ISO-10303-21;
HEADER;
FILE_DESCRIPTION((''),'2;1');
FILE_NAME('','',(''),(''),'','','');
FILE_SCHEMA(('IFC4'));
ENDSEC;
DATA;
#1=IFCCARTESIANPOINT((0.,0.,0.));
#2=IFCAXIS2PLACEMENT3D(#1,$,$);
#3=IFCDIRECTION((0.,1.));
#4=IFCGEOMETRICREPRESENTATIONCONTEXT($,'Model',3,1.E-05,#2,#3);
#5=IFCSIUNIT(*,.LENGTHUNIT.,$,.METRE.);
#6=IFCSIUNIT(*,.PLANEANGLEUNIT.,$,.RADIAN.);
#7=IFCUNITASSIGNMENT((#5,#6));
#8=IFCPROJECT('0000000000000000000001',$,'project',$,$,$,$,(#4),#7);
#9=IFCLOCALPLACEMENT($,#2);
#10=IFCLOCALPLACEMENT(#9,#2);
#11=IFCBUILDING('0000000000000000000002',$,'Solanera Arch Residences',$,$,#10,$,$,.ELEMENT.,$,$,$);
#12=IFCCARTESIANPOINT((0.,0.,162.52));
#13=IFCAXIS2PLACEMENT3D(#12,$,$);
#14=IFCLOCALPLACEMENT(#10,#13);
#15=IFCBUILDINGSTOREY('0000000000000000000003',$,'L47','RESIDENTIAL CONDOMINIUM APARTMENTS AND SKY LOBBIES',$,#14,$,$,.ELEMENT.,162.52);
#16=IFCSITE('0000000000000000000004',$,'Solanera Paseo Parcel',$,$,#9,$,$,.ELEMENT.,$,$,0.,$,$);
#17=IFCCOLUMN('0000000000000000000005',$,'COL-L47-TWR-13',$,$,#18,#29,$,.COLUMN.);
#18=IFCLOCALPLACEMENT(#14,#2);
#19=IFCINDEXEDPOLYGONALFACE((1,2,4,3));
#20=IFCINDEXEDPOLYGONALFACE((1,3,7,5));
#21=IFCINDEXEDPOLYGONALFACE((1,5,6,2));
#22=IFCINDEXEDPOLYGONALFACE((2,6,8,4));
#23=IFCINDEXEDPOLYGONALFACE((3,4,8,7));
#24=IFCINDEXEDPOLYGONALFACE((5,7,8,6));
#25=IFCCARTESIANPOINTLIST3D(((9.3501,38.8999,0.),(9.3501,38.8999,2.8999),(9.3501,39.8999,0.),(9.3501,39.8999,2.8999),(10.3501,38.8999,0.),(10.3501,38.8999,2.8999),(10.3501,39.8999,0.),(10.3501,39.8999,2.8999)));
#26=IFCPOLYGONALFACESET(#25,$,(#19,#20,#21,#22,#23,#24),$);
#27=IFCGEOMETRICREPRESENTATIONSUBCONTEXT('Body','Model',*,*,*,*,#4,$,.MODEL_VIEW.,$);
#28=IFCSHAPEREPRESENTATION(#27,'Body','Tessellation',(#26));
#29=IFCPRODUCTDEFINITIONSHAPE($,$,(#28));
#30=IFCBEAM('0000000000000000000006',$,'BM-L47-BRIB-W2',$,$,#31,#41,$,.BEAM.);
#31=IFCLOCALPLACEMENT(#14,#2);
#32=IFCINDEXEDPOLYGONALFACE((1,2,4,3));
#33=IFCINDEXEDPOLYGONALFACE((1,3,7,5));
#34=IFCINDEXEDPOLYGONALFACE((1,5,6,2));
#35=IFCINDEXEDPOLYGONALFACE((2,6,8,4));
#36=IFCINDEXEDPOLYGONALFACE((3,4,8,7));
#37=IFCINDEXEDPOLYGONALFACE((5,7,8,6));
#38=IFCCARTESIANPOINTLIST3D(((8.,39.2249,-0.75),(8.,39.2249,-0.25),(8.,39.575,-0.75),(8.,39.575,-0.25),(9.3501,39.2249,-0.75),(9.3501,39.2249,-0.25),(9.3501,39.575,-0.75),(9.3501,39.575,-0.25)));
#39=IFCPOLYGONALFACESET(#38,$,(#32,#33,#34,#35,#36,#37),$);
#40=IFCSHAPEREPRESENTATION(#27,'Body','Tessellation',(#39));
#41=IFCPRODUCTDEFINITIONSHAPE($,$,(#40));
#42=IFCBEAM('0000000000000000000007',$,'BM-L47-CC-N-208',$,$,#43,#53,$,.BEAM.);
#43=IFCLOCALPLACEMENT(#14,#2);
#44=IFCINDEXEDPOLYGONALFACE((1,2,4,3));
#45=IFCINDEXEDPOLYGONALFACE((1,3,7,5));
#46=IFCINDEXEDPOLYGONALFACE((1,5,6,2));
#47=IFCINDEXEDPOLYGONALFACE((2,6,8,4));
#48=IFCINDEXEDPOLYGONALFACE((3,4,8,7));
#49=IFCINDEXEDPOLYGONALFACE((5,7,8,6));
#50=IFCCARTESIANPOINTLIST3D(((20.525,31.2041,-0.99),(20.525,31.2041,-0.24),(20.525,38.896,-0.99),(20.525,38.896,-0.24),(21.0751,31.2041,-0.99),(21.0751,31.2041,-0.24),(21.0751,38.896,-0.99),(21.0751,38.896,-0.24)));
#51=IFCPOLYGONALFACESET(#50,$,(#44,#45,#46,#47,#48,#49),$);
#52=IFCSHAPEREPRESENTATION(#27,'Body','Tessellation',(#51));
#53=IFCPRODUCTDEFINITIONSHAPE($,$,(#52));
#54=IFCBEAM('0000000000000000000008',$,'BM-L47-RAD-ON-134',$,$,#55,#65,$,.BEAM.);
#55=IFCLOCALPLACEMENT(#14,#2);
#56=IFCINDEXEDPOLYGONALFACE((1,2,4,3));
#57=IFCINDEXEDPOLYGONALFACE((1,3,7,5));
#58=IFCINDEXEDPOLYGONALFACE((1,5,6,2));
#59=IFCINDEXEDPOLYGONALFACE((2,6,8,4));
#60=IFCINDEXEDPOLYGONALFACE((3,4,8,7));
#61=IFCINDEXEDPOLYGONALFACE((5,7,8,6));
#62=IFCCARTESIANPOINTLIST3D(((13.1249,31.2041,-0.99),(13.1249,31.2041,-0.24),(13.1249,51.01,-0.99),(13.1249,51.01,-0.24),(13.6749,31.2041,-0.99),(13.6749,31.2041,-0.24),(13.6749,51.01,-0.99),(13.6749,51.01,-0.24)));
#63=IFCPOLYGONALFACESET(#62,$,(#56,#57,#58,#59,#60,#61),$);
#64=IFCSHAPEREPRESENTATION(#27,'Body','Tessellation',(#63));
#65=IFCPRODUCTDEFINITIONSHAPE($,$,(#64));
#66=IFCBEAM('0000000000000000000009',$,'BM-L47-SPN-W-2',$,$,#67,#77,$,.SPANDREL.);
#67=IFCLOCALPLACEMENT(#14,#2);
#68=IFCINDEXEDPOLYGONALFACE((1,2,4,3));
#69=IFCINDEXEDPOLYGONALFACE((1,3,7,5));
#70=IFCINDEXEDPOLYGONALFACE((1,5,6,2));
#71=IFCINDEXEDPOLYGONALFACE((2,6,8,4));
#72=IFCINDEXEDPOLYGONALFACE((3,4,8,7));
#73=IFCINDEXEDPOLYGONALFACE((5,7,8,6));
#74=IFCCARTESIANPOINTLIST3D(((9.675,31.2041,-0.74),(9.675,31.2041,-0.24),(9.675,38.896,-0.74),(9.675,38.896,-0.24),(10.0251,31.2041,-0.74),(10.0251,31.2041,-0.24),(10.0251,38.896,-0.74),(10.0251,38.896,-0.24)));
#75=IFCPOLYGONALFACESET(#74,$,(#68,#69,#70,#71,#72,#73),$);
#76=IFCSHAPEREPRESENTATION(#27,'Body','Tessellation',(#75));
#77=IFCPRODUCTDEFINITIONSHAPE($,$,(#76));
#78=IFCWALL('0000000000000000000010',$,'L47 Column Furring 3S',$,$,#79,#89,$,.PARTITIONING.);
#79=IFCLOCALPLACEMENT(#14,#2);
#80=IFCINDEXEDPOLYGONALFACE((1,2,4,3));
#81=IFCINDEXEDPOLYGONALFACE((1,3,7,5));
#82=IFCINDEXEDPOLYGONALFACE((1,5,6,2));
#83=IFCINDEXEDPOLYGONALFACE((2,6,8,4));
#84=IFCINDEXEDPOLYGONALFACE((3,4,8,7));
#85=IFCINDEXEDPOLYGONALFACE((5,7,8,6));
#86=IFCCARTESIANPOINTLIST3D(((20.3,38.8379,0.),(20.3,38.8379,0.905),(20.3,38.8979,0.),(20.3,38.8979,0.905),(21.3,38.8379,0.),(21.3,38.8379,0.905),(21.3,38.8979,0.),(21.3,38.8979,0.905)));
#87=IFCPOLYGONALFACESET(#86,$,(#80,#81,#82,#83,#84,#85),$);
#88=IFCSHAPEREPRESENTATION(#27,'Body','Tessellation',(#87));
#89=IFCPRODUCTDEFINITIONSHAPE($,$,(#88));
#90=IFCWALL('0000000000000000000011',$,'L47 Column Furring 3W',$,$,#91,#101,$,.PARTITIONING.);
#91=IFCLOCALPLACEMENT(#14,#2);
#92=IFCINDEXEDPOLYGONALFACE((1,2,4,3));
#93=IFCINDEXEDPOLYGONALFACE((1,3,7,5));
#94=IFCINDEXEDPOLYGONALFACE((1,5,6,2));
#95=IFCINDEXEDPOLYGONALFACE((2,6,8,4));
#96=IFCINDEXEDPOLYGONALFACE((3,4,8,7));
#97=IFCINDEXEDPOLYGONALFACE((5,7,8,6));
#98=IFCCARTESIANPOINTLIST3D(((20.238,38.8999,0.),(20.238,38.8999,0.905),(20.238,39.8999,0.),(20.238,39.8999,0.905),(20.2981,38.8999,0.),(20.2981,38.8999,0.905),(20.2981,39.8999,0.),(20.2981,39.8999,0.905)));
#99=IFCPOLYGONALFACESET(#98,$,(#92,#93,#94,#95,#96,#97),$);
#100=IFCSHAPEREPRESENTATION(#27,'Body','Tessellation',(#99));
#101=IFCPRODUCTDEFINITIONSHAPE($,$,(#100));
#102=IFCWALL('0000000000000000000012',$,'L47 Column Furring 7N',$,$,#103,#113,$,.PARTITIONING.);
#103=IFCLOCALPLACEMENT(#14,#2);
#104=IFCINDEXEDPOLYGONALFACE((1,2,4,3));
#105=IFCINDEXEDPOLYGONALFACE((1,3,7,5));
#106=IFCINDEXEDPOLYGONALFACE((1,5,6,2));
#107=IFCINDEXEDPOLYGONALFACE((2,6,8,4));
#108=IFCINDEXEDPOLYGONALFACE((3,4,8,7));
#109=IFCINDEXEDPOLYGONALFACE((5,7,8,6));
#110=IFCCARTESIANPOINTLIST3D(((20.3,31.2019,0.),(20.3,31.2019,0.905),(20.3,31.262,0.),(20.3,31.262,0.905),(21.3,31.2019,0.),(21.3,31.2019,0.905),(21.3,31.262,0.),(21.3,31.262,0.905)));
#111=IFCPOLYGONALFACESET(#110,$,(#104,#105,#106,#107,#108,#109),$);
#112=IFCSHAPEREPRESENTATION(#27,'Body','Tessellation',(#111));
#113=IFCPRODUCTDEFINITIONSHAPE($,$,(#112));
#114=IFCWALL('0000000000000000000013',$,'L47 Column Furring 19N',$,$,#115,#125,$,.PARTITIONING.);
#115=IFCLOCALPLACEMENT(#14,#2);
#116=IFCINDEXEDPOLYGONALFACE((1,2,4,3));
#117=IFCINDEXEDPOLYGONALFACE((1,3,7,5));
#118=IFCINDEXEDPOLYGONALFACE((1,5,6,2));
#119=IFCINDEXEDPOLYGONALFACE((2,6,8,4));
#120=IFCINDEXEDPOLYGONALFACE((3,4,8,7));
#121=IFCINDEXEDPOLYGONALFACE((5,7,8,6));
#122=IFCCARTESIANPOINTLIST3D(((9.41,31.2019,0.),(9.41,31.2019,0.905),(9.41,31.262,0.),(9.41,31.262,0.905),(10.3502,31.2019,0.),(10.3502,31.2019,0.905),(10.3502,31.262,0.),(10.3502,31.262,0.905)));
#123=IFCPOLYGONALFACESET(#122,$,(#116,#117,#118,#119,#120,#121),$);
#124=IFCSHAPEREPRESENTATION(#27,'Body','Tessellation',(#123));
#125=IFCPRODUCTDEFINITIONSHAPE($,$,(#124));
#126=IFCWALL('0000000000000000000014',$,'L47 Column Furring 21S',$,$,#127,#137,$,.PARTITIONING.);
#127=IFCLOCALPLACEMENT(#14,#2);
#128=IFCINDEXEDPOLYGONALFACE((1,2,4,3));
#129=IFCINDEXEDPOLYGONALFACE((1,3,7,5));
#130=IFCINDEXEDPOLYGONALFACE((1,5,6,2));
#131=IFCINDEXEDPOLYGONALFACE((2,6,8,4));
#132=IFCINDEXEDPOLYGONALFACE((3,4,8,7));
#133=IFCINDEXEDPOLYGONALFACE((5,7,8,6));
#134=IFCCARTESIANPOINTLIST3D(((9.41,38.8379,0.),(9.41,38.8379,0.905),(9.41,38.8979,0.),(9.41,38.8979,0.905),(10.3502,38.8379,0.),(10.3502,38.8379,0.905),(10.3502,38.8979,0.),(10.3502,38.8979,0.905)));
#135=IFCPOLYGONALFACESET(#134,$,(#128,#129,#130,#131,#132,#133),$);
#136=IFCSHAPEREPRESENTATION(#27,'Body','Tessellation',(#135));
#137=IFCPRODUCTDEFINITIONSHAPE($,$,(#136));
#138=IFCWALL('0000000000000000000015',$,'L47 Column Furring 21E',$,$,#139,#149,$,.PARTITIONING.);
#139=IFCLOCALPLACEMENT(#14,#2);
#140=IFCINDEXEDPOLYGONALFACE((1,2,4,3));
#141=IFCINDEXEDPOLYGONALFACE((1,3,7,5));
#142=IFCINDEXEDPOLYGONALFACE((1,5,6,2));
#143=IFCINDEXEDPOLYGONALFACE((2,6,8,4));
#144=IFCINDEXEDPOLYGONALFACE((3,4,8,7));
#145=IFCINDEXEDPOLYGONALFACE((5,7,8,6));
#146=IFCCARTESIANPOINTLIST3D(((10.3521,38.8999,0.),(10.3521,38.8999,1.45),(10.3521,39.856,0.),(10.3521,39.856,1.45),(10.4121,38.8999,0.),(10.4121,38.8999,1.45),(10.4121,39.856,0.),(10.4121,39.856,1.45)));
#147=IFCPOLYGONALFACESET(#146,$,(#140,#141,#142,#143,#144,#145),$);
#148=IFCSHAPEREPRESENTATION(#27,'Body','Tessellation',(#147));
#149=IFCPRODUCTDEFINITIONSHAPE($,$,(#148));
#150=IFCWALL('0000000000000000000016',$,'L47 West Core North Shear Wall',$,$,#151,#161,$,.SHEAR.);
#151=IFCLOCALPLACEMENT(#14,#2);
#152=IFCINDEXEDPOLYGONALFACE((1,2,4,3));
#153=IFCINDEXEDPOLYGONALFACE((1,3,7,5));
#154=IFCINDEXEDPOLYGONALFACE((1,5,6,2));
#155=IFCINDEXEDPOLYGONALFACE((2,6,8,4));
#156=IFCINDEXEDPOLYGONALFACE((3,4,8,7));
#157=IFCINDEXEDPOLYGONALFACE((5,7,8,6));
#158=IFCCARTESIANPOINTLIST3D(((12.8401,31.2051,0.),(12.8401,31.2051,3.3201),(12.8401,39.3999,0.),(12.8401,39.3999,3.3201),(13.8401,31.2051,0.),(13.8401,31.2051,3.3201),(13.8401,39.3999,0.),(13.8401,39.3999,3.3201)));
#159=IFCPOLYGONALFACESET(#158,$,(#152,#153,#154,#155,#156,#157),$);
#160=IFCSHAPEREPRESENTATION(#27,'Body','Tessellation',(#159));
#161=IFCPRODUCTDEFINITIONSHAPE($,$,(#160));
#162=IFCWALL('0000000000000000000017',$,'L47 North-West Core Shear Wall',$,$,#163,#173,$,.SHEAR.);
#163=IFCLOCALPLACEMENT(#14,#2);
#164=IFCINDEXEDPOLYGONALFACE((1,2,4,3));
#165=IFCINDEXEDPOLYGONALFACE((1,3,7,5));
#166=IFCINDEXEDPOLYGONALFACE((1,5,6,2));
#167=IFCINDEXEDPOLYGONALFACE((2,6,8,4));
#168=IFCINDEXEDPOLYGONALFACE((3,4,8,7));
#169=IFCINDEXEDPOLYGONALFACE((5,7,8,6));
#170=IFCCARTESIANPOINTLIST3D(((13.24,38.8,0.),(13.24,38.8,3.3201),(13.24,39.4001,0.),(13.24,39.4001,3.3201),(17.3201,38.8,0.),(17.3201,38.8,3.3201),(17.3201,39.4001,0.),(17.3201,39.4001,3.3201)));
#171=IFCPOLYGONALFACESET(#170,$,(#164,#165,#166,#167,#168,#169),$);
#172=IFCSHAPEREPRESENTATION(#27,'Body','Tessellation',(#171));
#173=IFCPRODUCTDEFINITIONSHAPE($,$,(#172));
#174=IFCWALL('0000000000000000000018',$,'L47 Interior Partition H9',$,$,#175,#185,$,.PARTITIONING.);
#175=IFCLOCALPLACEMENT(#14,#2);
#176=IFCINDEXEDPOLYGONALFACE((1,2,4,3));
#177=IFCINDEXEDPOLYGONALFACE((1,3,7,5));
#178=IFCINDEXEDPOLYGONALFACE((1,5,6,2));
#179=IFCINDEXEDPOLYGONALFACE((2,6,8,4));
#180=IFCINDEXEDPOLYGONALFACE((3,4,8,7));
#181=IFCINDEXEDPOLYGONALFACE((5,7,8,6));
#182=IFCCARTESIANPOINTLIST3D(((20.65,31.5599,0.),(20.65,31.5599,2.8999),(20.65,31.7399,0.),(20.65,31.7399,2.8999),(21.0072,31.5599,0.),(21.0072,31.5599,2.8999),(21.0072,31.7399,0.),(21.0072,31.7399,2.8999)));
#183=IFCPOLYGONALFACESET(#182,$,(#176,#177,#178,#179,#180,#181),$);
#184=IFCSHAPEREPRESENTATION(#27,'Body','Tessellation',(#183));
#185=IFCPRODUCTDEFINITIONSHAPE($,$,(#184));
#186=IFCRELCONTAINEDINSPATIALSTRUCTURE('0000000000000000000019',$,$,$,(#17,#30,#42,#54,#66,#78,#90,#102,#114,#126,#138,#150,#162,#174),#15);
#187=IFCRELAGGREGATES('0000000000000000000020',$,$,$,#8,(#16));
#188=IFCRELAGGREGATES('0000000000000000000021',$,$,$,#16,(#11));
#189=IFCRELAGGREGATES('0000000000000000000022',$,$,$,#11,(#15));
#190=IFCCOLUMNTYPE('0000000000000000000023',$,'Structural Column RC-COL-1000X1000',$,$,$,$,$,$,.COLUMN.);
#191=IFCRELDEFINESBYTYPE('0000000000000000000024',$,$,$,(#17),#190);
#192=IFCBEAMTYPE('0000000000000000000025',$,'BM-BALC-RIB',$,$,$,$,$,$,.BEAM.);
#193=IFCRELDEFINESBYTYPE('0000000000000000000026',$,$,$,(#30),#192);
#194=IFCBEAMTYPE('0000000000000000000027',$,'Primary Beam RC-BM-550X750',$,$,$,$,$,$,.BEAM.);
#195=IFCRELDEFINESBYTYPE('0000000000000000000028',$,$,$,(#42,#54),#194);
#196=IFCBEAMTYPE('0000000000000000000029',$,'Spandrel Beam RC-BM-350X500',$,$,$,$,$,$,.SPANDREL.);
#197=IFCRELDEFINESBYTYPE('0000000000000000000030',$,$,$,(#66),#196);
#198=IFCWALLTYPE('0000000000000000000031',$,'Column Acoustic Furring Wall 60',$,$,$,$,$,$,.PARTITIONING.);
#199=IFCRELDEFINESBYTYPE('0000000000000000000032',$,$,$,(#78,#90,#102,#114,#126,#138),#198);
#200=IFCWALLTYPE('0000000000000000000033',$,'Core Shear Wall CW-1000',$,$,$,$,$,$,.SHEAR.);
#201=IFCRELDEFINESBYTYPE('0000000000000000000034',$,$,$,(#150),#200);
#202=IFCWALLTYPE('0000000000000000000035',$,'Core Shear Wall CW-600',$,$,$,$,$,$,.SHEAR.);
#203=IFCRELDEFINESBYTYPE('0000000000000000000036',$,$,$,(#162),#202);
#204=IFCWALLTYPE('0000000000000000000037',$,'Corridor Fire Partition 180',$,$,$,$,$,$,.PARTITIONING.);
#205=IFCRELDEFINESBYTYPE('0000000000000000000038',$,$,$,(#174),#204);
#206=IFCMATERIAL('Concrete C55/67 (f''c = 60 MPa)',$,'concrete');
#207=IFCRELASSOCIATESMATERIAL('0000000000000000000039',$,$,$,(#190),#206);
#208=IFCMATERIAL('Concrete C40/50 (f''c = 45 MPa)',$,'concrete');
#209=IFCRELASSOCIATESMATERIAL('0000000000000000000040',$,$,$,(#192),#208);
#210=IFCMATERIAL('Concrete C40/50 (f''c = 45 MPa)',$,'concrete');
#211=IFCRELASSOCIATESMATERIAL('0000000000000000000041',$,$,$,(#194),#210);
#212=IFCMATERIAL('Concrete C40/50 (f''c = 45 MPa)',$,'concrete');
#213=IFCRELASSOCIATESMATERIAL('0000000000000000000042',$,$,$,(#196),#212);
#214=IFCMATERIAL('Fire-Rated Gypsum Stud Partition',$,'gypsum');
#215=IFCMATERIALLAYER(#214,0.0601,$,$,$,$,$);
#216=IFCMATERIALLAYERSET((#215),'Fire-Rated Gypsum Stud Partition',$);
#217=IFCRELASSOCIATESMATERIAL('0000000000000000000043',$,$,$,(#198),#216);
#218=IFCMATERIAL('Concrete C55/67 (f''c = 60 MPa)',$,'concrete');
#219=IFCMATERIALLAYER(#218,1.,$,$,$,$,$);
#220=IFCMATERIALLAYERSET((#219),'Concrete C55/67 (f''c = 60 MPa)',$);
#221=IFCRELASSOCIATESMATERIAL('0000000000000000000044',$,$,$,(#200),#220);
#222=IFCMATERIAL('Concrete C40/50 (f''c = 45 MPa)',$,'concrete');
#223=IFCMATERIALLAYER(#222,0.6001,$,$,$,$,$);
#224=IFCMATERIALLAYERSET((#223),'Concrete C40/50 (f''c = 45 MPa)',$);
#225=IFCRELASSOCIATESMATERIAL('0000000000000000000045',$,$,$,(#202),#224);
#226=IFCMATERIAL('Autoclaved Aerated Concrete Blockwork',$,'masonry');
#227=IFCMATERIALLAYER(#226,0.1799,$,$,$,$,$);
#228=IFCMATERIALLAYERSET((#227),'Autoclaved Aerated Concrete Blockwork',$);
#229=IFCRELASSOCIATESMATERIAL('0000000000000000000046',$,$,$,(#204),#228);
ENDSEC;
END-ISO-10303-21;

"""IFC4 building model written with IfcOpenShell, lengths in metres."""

from ifc_helpers import new_model, si_unit, direction, frame, frame_2d, origin, origin_2d, place, context, subcontext, project, spatial, rectangle, extrude, material, layer, layer_set, material_profile, profile_set, type_object, element, save


model = new_model("IFC4")

# Units and contexts
model_context = context("Model", 3, precision=1e-05, world=origin(), true_north=direction((0.0, 1.0)))
body_context = subcontext(model_context, "Body", "Model", "MODEL_VIEW")
ifc_project = project(units=[si_unit("LENGTHUNIT", "METRE"), si_unit("PLANEANGLEUNIT", "RADIAN")], contexts=[model_context])

# Site, building, storey
site_placement = place(None, origin())
site = spatial("IfcSite", under=ifc_project, at=site_placement, Name="Solanera Paseo Parcel", CompositionType="ELEMENT", RefElevation=0.0)
building_placement = place(site_placement, origin())
building = spatial("IfcBuilding", under=site, at=building_placement, Name="Solanera Arch Residences", CompositionType="ELEMENT")
storey_placement = place(building_placement, frame((0.0, 0.0, 162.52)))
storey = spatial("IfcBuildingStorey", under=building, at=storey_placement, Name="L47", Description="RESIDENTIAL CONDOMINIUM APARTMENTS AND SKY LOBBIES", CompositionType="ELEMENT", Elevation=162.52)

# Column
ifc_material_1 = material(Name="Concrete C55/67 (f'c = 60 MPa)", Category="concrete")
ifc_material_profile_1 = material_profile(ifc_material_1, rectangle(XDim=1.0, YDim=1.0, at=origin_2d()))
ifc_profile_set_1 = profile_set([ifc_material_profile_1], Name="Concrete C55/67 (f'c = 60 MPa)")
column_type = type_object("IfcColumnType", Name="Structural Column RC-COL-1000X1000", PredefinedType="COLUMN", material=ifc_profile_set_1)
column_placement = place(storey_placement, frame((9.8501, 39.3999, 0.0), z_axis=(0.0, 0.0, 1.0), x_axis=(1.0, 0.0, 0.0)))
element("IfcColumn", 1, at=column_placement, inside=storey, type_object=column_type, Name="COL-L47-TWR-13", PredefinedType="COLUMN", context=body_context, shape_type="SweptSolid", body=[
    extrude(rectangle(XDim=1.0, YDim=1.0, at=origin_2d()), origin(), (0.0, 0.0, 1.0), 2.8999),
])

# Beams
ifc_material_2 = material(Name="Concrete C40/50 (f'c = 45 MPa)", Category="concrete")
ifc_material_profile_2 = material_profile(ifc_material_2, rectangle(XDim=0.3501, YDim=0.5, at=origin_2d()))
ifc_profile_set_2 = profile_set([ifc_material_profile_2], Name="Concrete C40/50 (f'c = 45 MPa)")
beam_type_1 = type_object("IfcBeamType", Name="BM-BALC-RIB", PredefinedType="BEAM", material=ifc_profile_set_2)
beam_1_placement = place(storey_placement, frame((8.0, 39.3999, -0.5), z_axis=(1.0, 0.0, 0.0), x_axis=(0.0, 1.0, 0.0)))
element("IfcBeam", 2, at=beam_1_placement, inside=storey, type_object=beam_type_1, Name="BM-L47-BRIB-W2", PredefinedType="BEAM", context=body_context, shape_type="SweptSolid", body=[
    extrude(rectangle(XDim=0.3501, YDim=0.5, at=origin_2d()), origin(), (0.0, 0.0, 1.0), 1.3501),
])
ifc_material_3 = material(Name="Concrete C40/50 (f'c = 45 MPa)", Category="concrete")
ifc_material_profile_3 = material_profile(ifc_material_3, rectangle(XDim=0.55, YDim=0.75, at=origin_2d()))
ifc_profile_set_3 = profile_set([ifc_material_profile_3], Name="Concrete C40/50 (f'c = 45 MPa)")
beam_type_2 = type_object("IfcBeamType", Name="Primary Beam RC-BM-550X750", PredefinedType="BEAM", material=ifc_profile_set_3)
beam_2_placement = place(storey_placement, frame((20.8, 31.2041, -0.615), z_axis=(0.0, 1.0, 0.0), x_axis=(-1.0, 0.0, 0.0)))
element("IfcBeam", 3, at=beam_2_placement, inside=storey, type_object=beam_type_2, Name="BM-L47-CC-N-208", PredefinedType="BEAM", context=body_context, shape_type="SweptSolid", body=[
    extrude(rectangle(XDim=0.55, YDim=0.75, at=origin_2d()), origin(), (0.0, 0.0, 1.0), 7.6919),
])
beam_3_placement = place(storey_placement, frame((13.3999, 31.2041, -0.615), z_axis=(0.0, 1.0, 0.0), x_axis=(-1.0, 0.0, 0.0)))
element("IfcBeam", 4, at=beam_3_placement, inside=storey, type_object=beam_type_2, Name="BM-L47-RAD-ON-134", PredefinedType="BEAM", context=body_context, shape_type="SweptSolid", body=[
    extrude(rectangle(XDim=0.55, YDim=0.75, at=origin_2d()), origin(), (0.0, 0.0, 1.0), 19.8059),
])
ifc_material_4 = material(Name="Concrete C40/50 (f'c = 45 MPa)", Category="concrete")
ifc_material_profile_4 = material_profile(ifc_material_4, rectangle(XDim=0.3501, YDim=0.5, at=origin_2d()))
ifc_profile_set_4 = profile_set([ifc_material_profile_4], Name="Concrete C40/50 (f'c = 45 MPa)")
beam_type_3 = type_object("IfcBeamType", Name="Spandrel Beam RC-BM-350X500", PredefinedType="SPANDREL", material=ifc_profile_set_4)
beam_4_placement = place(storey_placement, frame((9.8501, 31.2041, -0.49), z_axis=(0.0, 1.0, 0.0), x_axis=(-1.0, 0.0, 0.0)))
element("IfcBeam", 5, at=beam_4_placement, inside=storey, type_object=beam_type_3, Name="BM-L47-SPN-W-2", PredefinedType="SPANDREL", context=body_context, shape_type="SweptSolid", body=[
    extrude(rectangle(XDim=0.3501, YDim=0.5, at=origin_2d()), origin(), (0.0, 0.0, 1.0), 7.6919),
])

# Walls
ifc_material_5 = material(Name="Fire-Rated Gypsum Stud Partition", Category="gypsum")
ifc_layer_1 = layer(ifc_material_5, 0.0601)
ifc_layer_set_1 = layer_set([ifc_layer_1], Name="Fire-Rated Gypsum Stud Partition")
wall_type_1 = type_object("IfcWallType", Name="Column Acoustic Furring Wall 60", PredefinedType="PARTITIONING", material=ifc_layer_set_1)
for number, where, z_axis, x_axis, name in (
    (6, (20.3, 38.8679, 0.0), (0.0, 0.0, 1.0), (1.0, 0.0, 0.0), "L47 Column Furring 3S"),
    (7, (20.2681, 38.8999, 0.0), (0.0, 0.0, 1.0), (0.0, 1.0, 0.0), "L47 Column Furring 3W"),
    (8, (20.3, 31.2319, 0.0), (0.0, 0.0, 1.0), (1.0, 0.0, 0.0), "L47 Column Furring 7N"),
):
    element("IfcWall", number, at=place(storey_placement, frame(where, z_axis=z_axis, x_axis=x_axis)), inside=storey, type_object=wall_type_1, Name=name, PredefinedType="PARTITIONING", context=body_context, shape_type="SweptSolid", body=[
        extrude(rectangle(XDim=1.0, YDim=0.0601, at=frame_2d((0.5, 0.0))), origin(), (0.0, 0.0, 1.0), 0.905),
    ])
for number, where, z_axis, x_axis, name in (
    (9, (9.4099, 31.2319, 0.0), (0.0, 0.0, 1.0), (1.0, 0.0, 0.0), "L47 Column Furring 19N"),
    (10, (9.4099, 38.8679, 0.0), (0.0, 0.0, 1.0), (1.0, 0.0, 0.0), "L47 Column Furring 21S"),
):
    element("IfcWall", number, at=place(storey_placement, frame(where, z_axis=z_axis, x_axis=x_axis)), inside=storey, type_object=wall_type_1, Name=name, PredefinedType="PARTITIONING", context=body_context, shape_type="SweptSolid", body=[
        extrude(rectangle(XDim=0.9402, YDim=0.0601, at=frame_2d((0.4702, 0.0))), origin(), (0.0, 0.0, 1.0), 0.905),
    ])
wall_1_placement = place(storey_placement, frame((10.3821, 38.8999, 0.0), z_axis=(0.0, 0.0, 1.0), x_axis=(0.0, 1.0, 0.0)))
element("IfcWall", 11, at=wall_1_placement, inside=storey, type_object=wall_type_1, Name="L47 Column Furring 21E", PredefinedType="PARTITIONING", context=body_context, shape_type="SweptSolid", body=[
    extrude(rectangle(XDim=0.9561, YDim=0.0601, at=frame_2d((0.478, 0.0))), origin(), (0.0, 0.0, 1.0), 1.45),
])
ifc_material_6 = material(Name="Concrete C55/67 (f'c = 60 MPa)", Category="concrete")
ifc_layer_2 = layer(ifc_material_6, 1.0)
ifc_layer_set_2 = layer_set([ifc_layer_2], Name="Concrete C55/67 (f'c = 60 MPa)")
wall_type_2 = type_object("IfcWallType", Name="Core Shear Wall CW-1000", PredefinedType="SHEAR", material=ifc_layer_set_2)
wall_2_placement = place(storey_placement, frame((13.3401, 31.2051, 0.0), z_axis=(0.0, 0.0, 1.0), x_axis=(0.0, 1.0, 0.0)))
element("IfcWall", 12, at=wall_2_placement, inside=storey, type_object=wall_type_2, Name="L47 West Core North Shear Wall", PredefinedType="SHEAR", context=body_context, shape_type="SweptSolid", body=[
    extrude(rectangle(XDim=8.1948, YDim=1.0, at=frame_2d((4.0974, 0.0))), origin(), (0.0, 0.0, 1.0), 3.3201),
])
ifc_material_7 = material(Name="Concrete C40/50 (f'c = 45 MPa)", Category="concrete")
ifc_layer_3 = layer(ifc_material_7, 0.6001)
ifc_layer_set_3 = layer_set([ifc_layer_3], Name="Concrete C40/50 (f'c = 45 MPa)")
wall_type_3 = type_object("IfcWallType", Name="Core Shear Wall CW-600", PredefinedType="SHEAR", material=ifc_layer_set_3)
wall_3_placement = place(storey_placement, frame((13.24, 39.1001, 0.0), z_axis=(0.0, 0.0, 1.0), x_axis=(1.0, 0.0, 0.0)))
element("IfcWall", 13, at=wall_3_placement, inside=storey, type_object=wall_type_3, Name="L47 North-West Core Shear Wall", PredefinedType="SHEAR", context=body_context, shape_type="SweptSolid", body=[
    extrude(rectangle(XDim=4.0801, YDim=0.6001, at=frame_2d((2.04, 0.0))), origin(), (0.0, 0.0, 1.0), 3.3201),
])
ifc_material_8 = material(Name="Autoclaved Aerated Concrete Blockwork", Category="masonry")
ifc_layer_4 = layer(ifc_material_8, 0.1799)
ifc_layer_set_4 = layer_set([ifc_layer_4], Name="Autoclaved Aerated Concrete Blockwork")
wall_type_4 = type_object("IfcWallType", Name="Corridor Fire Partition 180", PredefinedType="PARTITIONING", material=ifc_layer_set_4)
wall_4_placement = place(storey_placement, frame((20.6499, 31.6499, 0.0), z_axis=(0.0, 0.0, 1.0), x_axis=(1.0, 0.0, 0.0)))
element("IfcWall", 14, at=wall_4_placement, inside=storey, type_object=wall_type_4, Name="L47 Interior Partition H9", PredefinedType="PARTITIONING", context=body_context, shape_type="SweptSolid", body=[
    extrude(rectangle(XDim=0.3572, YDim=0.1799, at=frame_2d((0.1787, 0.0))), origin(), (0.0, 0.0, 1.0), 2.8999),
])

save(model, "model.ifc")
